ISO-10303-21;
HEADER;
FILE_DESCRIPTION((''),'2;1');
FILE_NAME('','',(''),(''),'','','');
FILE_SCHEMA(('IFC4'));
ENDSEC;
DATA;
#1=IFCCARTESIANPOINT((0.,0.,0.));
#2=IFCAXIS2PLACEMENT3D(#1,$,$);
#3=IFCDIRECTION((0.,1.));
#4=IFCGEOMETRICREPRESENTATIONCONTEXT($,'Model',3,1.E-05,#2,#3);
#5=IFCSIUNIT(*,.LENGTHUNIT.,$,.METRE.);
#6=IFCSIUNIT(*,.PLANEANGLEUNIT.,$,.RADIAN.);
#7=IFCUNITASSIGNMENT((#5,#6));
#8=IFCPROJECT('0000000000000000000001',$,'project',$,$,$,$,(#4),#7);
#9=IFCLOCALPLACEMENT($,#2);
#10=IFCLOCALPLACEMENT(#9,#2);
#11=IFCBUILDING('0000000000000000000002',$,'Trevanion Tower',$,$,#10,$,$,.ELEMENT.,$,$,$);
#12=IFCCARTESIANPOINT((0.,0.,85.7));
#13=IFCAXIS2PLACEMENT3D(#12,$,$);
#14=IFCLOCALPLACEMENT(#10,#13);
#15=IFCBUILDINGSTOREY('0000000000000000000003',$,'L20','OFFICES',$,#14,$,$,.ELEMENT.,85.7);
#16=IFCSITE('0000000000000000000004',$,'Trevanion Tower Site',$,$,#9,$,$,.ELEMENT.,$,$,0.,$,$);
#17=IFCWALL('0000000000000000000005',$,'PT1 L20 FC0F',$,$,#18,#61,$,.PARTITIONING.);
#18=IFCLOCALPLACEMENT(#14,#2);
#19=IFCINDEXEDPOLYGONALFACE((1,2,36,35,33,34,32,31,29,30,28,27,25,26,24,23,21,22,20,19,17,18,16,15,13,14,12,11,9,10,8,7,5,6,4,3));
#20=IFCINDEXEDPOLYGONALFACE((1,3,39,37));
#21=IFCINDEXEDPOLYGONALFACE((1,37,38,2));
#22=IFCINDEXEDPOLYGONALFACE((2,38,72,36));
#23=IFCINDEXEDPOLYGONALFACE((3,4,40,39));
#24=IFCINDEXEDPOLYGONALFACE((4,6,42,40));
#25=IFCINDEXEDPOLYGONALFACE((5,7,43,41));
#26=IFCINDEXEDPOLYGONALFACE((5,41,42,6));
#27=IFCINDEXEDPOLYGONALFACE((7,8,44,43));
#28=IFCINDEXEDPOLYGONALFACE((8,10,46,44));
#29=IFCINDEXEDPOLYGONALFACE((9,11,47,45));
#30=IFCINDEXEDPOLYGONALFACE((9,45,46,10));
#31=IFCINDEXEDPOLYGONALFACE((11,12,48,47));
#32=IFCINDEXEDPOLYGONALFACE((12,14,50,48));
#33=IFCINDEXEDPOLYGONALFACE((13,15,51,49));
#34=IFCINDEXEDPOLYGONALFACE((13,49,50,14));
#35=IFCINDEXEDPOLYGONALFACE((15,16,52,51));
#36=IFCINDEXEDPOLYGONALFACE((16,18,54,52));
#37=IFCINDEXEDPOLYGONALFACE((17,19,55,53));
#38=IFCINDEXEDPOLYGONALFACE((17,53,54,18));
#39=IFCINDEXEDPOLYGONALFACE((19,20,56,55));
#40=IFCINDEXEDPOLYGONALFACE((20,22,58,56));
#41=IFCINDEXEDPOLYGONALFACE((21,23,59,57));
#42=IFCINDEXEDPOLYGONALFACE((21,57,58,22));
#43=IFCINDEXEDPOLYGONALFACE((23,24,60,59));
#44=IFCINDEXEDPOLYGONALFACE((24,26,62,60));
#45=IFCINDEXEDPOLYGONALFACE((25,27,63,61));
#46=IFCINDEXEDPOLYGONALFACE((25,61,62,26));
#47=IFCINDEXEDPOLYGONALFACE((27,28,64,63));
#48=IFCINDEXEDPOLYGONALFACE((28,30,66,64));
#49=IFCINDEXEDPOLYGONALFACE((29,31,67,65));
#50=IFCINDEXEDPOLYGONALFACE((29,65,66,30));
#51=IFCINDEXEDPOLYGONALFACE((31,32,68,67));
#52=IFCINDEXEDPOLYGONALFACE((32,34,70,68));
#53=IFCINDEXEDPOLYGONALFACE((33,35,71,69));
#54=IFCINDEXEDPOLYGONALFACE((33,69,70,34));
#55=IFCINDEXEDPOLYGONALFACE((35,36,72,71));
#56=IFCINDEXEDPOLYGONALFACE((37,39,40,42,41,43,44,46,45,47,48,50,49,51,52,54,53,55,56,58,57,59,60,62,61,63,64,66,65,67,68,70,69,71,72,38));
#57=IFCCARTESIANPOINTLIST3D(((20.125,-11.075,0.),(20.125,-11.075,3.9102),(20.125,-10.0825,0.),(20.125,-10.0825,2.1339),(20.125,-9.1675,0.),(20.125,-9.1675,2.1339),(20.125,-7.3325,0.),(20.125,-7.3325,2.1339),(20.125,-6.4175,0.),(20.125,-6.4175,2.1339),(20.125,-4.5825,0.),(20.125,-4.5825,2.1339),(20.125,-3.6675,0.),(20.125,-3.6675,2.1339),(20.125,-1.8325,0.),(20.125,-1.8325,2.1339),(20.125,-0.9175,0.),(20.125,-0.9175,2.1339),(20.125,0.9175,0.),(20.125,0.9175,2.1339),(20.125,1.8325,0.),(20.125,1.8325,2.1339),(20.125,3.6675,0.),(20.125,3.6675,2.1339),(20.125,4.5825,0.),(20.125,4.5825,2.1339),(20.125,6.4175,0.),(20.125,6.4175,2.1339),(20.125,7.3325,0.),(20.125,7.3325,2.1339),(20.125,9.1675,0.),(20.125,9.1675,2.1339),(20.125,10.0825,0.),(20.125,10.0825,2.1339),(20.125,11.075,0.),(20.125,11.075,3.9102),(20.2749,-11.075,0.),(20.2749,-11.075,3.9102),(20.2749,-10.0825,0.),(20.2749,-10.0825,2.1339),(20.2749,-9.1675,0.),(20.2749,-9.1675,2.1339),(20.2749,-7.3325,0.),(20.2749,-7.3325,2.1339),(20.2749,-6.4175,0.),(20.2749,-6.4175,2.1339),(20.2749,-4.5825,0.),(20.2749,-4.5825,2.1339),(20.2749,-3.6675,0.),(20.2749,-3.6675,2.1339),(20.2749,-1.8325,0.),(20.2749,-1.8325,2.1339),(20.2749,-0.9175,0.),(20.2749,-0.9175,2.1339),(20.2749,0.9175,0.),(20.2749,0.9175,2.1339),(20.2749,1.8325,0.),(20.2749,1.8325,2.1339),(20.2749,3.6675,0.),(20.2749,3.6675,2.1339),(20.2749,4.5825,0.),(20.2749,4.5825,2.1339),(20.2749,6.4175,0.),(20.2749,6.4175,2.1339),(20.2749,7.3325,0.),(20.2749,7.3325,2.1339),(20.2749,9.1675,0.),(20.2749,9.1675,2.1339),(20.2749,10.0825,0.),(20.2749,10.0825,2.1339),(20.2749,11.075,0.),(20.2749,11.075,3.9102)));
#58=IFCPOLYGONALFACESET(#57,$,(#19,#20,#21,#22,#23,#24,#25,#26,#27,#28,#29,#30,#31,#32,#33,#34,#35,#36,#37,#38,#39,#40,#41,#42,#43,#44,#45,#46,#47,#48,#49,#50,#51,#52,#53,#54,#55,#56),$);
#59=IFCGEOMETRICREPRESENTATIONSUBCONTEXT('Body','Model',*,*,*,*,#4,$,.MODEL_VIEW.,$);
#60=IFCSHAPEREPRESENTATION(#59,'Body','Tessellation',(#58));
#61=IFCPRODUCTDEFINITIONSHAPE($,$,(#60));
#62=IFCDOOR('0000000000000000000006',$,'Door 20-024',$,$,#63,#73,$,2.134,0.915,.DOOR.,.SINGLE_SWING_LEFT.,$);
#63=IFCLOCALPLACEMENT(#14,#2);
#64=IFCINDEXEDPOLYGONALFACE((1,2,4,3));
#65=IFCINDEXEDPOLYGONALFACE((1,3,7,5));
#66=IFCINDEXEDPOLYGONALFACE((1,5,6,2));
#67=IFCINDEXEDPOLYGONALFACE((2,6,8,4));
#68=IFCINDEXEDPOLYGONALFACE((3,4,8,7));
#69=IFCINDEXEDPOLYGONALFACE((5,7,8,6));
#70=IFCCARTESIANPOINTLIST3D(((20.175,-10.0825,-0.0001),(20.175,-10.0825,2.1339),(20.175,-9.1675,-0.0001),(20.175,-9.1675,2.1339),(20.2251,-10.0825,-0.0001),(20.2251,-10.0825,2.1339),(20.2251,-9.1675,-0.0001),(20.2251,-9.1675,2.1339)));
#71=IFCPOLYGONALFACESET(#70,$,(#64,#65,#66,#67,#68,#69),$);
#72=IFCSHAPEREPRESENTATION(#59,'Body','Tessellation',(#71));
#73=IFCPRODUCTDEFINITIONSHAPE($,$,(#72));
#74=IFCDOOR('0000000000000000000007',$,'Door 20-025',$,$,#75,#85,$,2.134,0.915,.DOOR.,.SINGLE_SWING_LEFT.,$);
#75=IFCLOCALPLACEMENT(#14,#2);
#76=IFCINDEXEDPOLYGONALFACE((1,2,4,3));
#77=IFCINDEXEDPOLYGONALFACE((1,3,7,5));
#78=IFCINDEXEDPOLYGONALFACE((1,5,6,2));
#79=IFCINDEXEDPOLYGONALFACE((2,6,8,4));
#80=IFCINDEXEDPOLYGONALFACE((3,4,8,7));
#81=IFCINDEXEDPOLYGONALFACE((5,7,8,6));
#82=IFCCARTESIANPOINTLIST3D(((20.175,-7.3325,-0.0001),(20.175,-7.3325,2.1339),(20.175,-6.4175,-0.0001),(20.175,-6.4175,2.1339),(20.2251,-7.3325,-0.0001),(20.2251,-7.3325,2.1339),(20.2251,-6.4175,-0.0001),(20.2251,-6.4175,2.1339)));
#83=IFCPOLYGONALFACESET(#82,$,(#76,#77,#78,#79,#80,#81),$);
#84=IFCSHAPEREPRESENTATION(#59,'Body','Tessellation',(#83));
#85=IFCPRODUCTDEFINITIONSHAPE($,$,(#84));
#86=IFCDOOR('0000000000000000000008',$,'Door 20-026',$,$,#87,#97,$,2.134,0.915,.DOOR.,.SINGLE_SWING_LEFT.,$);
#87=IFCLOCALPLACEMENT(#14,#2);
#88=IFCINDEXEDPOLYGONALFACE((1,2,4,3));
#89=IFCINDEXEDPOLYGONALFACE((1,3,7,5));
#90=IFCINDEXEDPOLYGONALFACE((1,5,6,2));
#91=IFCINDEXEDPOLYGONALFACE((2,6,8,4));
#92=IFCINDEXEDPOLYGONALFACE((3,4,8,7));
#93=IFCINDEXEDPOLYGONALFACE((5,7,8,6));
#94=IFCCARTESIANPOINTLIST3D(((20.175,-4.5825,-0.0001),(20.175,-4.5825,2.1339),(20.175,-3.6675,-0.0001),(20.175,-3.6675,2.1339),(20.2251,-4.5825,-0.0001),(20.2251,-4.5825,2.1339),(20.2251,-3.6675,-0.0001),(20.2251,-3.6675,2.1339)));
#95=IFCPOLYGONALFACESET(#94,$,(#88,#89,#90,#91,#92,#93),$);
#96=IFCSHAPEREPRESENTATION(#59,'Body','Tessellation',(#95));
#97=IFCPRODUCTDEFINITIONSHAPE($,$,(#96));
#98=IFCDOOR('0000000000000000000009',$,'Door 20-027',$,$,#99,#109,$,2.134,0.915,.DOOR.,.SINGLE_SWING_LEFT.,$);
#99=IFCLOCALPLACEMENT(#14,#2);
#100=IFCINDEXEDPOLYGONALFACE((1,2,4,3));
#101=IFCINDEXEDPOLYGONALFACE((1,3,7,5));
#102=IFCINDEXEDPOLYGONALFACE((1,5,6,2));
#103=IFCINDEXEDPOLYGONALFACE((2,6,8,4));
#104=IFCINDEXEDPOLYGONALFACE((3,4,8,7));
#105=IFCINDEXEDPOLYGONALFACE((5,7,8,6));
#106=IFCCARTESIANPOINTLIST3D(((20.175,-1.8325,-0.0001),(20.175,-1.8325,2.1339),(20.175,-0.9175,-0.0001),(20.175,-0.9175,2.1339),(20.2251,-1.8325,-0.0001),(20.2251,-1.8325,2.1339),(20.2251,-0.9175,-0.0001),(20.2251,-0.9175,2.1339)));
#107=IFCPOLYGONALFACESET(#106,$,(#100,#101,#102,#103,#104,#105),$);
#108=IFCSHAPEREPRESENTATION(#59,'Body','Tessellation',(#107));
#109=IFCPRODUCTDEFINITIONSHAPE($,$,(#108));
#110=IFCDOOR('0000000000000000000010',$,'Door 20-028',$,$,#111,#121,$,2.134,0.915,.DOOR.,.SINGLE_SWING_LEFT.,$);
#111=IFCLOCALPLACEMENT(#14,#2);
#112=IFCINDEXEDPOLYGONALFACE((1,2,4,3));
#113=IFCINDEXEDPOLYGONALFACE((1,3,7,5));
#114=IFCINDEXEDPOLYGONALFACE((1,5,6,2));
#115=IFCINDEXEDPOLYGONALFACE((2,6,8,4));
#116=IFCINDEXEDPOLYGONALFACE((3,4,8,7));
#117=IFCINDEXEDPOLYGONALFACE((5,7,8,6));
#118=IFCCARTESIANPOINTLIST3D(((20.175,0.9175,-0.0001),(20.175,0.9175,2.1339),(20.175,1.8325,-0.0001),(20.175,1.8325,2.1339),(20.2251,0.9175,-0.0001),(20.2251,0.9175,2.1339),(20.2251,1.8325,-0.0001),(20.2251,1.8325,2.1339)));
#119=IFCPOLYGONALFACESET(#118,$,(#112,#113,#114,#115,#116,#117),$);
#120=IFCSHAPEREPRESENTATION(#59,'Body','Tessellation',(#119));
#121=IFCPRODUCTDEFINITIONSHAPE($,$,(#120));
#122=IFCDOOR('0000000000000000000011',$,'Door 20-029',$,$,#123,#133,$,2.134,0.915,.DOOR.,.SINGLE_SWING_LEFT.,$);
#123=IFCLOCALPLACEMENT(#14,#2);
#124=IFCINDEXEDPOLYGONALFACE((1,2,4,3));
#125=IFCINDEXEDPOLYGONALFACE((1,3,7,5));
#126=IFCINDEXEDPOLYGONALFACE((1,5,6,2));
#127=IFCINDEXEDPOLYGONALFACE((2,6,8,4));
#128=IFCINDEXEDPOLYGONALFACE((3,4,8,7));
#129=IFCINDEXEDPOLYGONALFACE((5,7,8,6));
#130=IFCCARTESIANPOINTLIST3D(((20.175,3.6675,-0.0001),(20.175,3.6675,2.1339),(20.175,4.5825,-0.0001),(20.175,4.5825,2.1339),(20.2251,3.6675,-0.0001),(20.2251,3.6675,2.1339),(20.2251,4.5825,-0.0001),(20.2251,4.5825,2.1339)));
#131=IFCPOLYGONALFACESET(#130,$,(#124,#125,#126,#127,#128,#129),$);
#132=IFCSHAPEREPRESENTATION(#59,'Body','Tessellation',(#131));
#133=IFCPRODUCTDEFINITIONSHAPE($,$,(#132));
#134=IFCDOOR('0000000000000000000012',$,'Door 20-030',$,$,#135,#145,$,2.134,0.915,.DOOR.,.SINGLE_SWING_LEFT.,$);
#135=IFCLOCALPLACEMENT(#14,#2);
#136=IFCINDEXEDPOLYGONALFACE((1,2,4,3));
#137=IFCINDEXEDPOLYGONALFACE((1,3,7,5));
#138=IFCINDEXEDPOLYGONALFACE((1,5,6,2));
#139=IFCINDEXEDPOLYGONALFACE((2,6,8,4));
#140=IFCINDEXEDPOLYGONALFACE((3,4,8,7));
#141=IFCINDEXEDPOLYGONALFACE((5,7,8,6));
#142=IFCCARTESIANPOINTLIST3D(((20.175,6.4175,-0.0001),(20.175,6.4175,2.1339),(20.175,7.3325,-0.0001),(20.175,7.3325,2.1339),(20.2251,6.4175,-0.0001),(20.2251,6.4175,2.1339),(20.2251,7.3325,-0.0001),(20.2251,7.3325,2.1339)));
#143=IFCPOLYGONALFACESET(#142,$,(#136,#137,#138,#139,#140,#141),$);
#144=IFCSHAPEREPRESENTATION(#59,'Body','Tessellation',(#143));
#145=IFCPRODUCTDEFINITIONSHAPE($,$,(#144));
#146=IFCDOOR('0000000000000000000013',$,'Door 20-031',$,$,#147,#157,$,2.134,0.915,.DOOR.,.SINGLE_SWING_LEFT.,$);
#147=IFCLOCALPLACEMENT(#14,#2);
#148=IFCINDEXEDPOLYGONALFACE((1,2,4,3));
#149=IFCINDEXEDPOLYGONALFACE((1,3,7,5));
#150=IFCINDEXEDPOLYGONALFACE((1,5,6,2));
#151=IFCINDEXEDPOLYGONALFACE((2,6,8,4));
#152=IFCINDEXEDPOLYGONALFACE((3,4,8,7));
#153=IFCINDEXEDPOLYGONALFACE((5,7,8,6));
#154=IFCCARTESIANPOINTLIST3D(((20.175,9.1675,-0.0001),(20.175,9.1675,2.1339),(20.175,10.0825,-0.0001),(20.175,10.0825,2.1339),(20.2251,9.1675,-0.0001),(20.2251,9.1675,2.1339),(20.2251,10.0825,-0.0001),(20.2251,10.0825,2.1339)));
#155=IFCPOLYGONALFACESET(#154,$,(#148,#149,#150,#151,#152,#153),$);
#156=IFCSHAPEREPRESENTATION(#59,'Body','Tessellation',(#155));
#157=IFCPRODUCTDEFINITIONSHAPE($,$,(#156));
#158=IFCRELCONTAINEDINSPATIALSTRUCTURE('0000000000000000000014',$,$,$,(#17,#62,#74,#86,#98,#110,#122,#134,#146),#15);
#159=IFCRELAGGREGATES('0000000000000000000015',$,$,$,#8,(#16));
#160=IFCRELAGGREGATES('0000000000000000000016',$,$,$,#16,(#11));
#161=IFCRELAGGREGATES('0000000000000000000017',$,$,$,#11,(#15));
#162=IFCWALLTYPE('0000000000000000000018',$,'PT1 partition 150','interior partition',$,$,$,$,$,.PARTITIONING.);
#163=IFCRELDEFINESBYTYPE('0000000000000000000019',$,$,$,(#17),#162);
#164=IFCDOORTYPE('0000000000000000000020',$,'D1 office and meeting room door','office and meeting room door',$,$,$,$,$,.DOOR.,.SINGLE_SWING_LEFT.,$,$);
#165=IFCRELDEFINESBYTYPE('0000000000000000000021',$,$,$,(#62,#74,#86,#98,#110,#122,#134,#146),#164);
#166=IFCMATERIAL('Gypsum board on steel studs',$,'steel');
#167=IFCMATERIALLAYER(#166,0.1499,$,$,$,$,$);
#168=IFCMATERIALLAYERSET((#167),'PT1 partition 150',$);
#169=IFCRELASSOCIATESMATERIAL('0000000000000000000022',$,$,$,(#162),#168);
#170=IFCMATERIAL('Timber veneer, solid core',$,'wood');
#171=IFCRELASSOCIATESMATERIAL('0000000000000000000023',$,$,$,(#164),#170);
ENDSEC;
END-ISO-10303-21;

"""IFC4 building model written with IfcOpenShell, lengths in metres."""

from ifc_helpers import new_model, si_unit, direction, frame, frame_2d, origin, place, context, subcontext, project, spatial, rectangle, extrude, material, layer, layer_set, type_object, element, fill, save


model = new_model("IFC4")

# Units and contexts
model_context = context("Model", 3, precision=1e-05, world=origin(), true_north=direction((0.0, 1.0)))
body_context = subcontext(model_context, "Body", "Model", "MODEL_VIEW")
ifc_project = project(units=[si_unit("LENGTHUNIT", "METRE"), si_unit("PLANEANGLEUNIT", "RADIAN")], contexts=[model_context])

# Site, building, storey
site_placement = place(None, origin())
site = spatial("IfcSite", under=ifc_project, at=site_placement, Name="Trevanion Tower Site", CompositionType="ELEMENT", RefElevation=0.0)
building_placement = place(site_placement, origin())
building = spatial("IfcBuilding", under=site, at=building_placement, Name="Trevanion Tower", CompositionType="ELEMENT")
storey_placement = place(building_placement, frame((0.0, 0.0, 85.7)))
storey = spatial("IfcBuildingStorey", under=building, at=storey_placement, Name="L20", Description="OFFICES", CompositionType="ELEMENT", Elevation=85.7)

# Wall, openings, doors
ifc_material_1 = material(Name="Gypsum board on steel studs", Category="steel")
ifc_layer_1 = layer(ifc_material_1, 0.1499)
ifc_layer_set_1 = layer_set([ifc_layer_1], Name="PT1 partition 150")
wall_type = type_object("IfcWallType", Name="PT1 partition 150", Description="interior partition", PredefinedType="PARTITIONING", material=ifc_layer_set_1)
wall_placement = place(storey_placement, frame((20.2, -11.075, 0.0), z_axis=(0.0, 0.0, 1.0), x_axis=(0.0, 1.0, 0.0)))
wall = element("IfcWall", 1, at=wall_placement, inside=storey, type_object=wall_type, Name="PT1 L20 FC0F", PredefinedType="PARTITIONING", context=body_context, shape_type="SweptSolid", body=[
    extrude(rectangle(XDim=22.1499, YDim=0.1499, at=frame_2d((11.075, 0.0))), origin(), (0.0, 0.0, 1.0), 3.9102),
])
opening_1_placement = place(wall_placement, frame((0.9924, 0.0, 0.0)))
opening_1 = element("IfcOpeningElement", 2, at=opening_1_placement, cuts=wall, PredefinedType="OPENING", context=body_context, shape_type="SweptSolid", body=[
    extrude(rectangle(XDim=0.915, YDim=2.134, at=frame_2d((0.4575, 1.0669))), frame((0.0, 0.085, 0.0), z_axis=(0.0, -1.0, 0.0), x_axis=(1.0, 0.0, 0.0)), (0.0, 0.0, 1.0), 0.1699),
])
opening_2_placement = place(wall_placement, frame((3.7424, 0.0, 0.0)))
opening_2 = element("IfcOpeningElement", 3, at=opening_2_placement, cuts=wall, PredefinedType="OPENING", context=body_context, shape_type="SweptSolid", body=[
    extrude(rectangle(XDim=0.915, YDim=2.134, at=frame_2d((0.4575, 1.0669))), frame((0.0, 0.085, 0.0), z_axis=(0.0, -1.0, 0.0), x_axis=(1.0, 0.0, 0.0)), (0.0, 0.0, 1.0), 0.1699),
])
opening_3_placement = place(wall_placement, frame((6.4924, 0.0, 0.0)))
opening_3 = element("IfcOpeningElement", 4, at=opening_3_placement, cuts=wall, PredefinedType="OPENING", context=body_context, shape_type="SweptSolid", body=[
    extrude(rectangle(XDim=0.915, YDim=2.134, at=frame_2d((0.4575, 1.0669))), frame((0.0, 0.085, 0.0), z_axis=(0.0, -1.0, 0.0), x_axis=(1.0, 0.0, 0.0)), (0.0, 0.0, 1.0), 0.1699),
])
opening_4_placement = place(wall_placement, frame((9.2424, 0.0, 0.0)))
opening_4 = element("IfcOpeningElement", 5, at=opening_4_placement, cuts=wall, PredefinedType="OPENING", context=body_context, shape_type="SweptSolid", body=[
    extrude(rectangle(XDim=0.915, YDim=2.134, at=frame_2d((0.4575, 1.0669))), frame((0.0, 0.085, 0.0), z_axis=(0.0, -1.0, 0.0), x_axis=(1.0, 0.0, 0.0)), (0.0, 0.0, 1.0), 0.1699),
])
opening_5_placement = place(wall_placement, frame((11.9924, 0.0, 0.0)))
opening_5 = element("IfcOpeningElement", 6, at=opening_5_placement, cuts=wall, PredefinedType="OPENING", context=body_context, shape_type="SweptSolid", body=[
    extrude(rectangle(XDim=0.915, YDim=2.134, at=frame_2d((0.4575, 1.0669))), frame((0.0, 0.085, 0.0), z_axis=(0.0, -1.0, 0.0), x_axis=(1.0, 0.0, 0.0)), (0.0, 0.0, 1.0), 0.1699),
])
opening_6_placement = place(wall_placement, frame((14.7424, 0.0, 0.0)))
opening_6 = element("IfcOpeningElement", 7, at=opening_6_placement, cuts=wall, PredefinedType="OPENING", context=body_context, shape_type="SweptSolid", body=[
    extrude(rectangle(XDim=0.915, YDim=2.134, at=frame_2d((0.4575, 1.0669))), frame((0.0, 0.085, 0.0), z_axis=(0.0, -1.0, 0.0), x_axis=(1.0, 0.0, 0.0)), (0.0, 0.0, 1.0), 0.1699),
])
opening_7_placement = place(wall_placement, frame((17.4924, 0.0, 0.0)))
opening_7 = element("IfcOpeningElement", 8, at=opening_7_placement, cuts=wall, PredefinedType="OPENING", context=body_context, shape_type="SweptSolid", body=[
    extrude(rectangle(XDim=0.915, YDim=2.134, at=frame_2d((0.4575, 1.0669))), frame((0.0, 0.085, 0.0), z_axis=(0.0, -1.0, 0.0), x_axis=(1.0, 0.0, 0.0)), (0.0, 0.0, 1.0), 0.1699),
])
opening_8_placement = place(wall_placement, frame((20.2424, 0.0, 0.0)))
opening_8 = element("IfcOpeningElement", 9, at=opening_8_placement, cuts=wall, PredefinedType="OPENING", context=body_context, shape_type="SweptSolid", body=[
    extrude(rectangle(XDim=0.915, YDim=2.134, at=frame_2d((0.4575, 1.0669))), frame((0.0, 0.085, 0.0), z_axis=(0.0, -1.0, 0.0), x_axis=(1.0, 0.0, 0.0)), (0.0, 0.0, 1.0), 0.1699),
])
ifc_material_2 = material(Name="Timber veneer, solid core", Category="wood")
door_type = type_object("IfcDoorType", Name="D1 office and meeting room door", Description="office and meeting room door", OperationType="SINGLE_SWING_LEFT", PredefinedType="DOOR", material=ifc_material_2)
door_1_placement = place(opening_1_placement, origin())
door_1 = element("IfcDoor", 10, at=door_1_placement, inside=storey, type_object=door_type, Name="Door 20-024", OperationType="SINGLE_SWING_LEFT", OverallHeight=2.134, OverallWidth=0.915, PredefinedType="DOOR", context=body_context, shape_type="SweptSolid", body=[
    extrude(rectangle(XDim=0.915, YDim=2.134, at=frame_2d((0.4575, 1.0669))), frame((0.0, 0.0249, 0.0), z_axis=(0.0, -1.0, 0.0), x_axis=(1.0, 0.0, 0.0)), (0.0, 0.0, 1.0), 0.05),
])
fill(opening_1, door_1)
door_2_placement = place(opening_2_placement, origin())
door_2 = element("IfcDoor", 11, at=door_2_placement, inside=storey, type_object=door_type, Name="Door 20-025", OperationType="SINGLE_SWING_LEFT", OverallHeight=2.134, OverallWidth=0.915, PredefinedType="DOOR", context=body_context, shape_type="SweptSolid", body=[
    extrude(rectangle(XDim=0.915, YDim=2.134, at=frame_2d((0.4575, 1.0669))), frame((0.0, 0.0249, 0.0), z_axis=(0.0, -1.0, 0.0), x_axis=(1.0, 0.0, 0.0)), (0.0, 0.0, 1.0), 0.05),
])
fill(opening_2, door_2)
door_3_placement = place(opening_3_placement, origin())
door_3 = element("IfcDoor", 12, at=door_3_placement, inside=storey, type_object=door_type, Name="Door 20-026", OperationType="SINGLE_SWING_LEFT", OverallHeight=2.134, OverallWidth=0.915, PredefinedType="DOOR", context=body_context, shape_type="SweptSolid", body=[
    extrude(rectangle(XDim=0.915, YDim=2.134, at=frame_2d((0.4575, 1.0669))), frame((0.0, 0.0249, 0.0), z_axis=(0.0, -1.0, 0.0), x_axis=(1.0, 0.0, 0.0)), (0.0, 0.0, 1.0), 0.05),
])
fill(opening_3, door_3)
door_4_placement = place(opening_4_placement, origin())
door_4 = element("IfcDoor", 13, at=door_4_placement, inside=storey, type_object=door_type, Name="Door 20-027", OperationType="SINGLE_SWING_LEFT", OverallHeight=2.134, OverallWidth=0.915, PredefinedType="DOOR", context=body_context, shape_type="SweptSolid", body=[
    extrude(rectangle(XDim=0.915, YDim=2.134, at=frame_2d((0.4575, 1.0669))), frame((0.0, 0.0249, 0.0), z_axis=(0.0, -1.0, 0.0), x_axis=(1.0, 0.0, 0.0)), (0.0, 0.0, 1.0), 0.05),
])
fill(opening_4, door_4)
door_5_placement = place(opening_5_placement, origin())
door_5 = element("IfcDoor", 14, at=door_5_placement, inside=storey, type_object=door_type, Name="Door 20-028", OperationType="SINGLE_SWING_LEFT", OverallHeight=2.134, OverallWidth=0.915, PredefinedType="DOOR", context=body_context, shape_type="SweptSolid", body=[
    extrude(rectangle(XDim=0.915, YDim=2.134, at=frame_2d((0.4575, 1.0669))), frame((0.0, 0.0249, 0.0), z_axis=(0.0, -1.0, 0.0), x_axis=(1.0, 0.0, 0.0)), (0.0, 0.0, 1.0), 0.05),
])
fill(opening_5, door_5)
door_6_placement = place(opening_6_placement, origin())
door_6 = element("IfcDoor", 15, at=door_6_placement, inside=storey, type_object=door_type, Name="Door 20-029", OperationType="SINGLE_SWING_LEFT", OverallHeight=2.134, OverallWidth=0.915, PredefinedType="DOOR", context=body_context, shape_type="SweptSolid", body=[
    extrude(rectangle(XDim=0.915, YDim=2.134, at=frame_2d((0.4575, 1.0669))), frame((0.0, 0.0249, 0.0), z_axis=(0.0, -1.0, 0.0), x_axis=(1.0, 0.0, 0.0)), (0.0, 0.0, 1.0), 0.05),
])
fill(opening_6, door_6)
door_7_placement = place(opening_7_placement, origin())
door_7 = element("IfcDoor", 16, at=door_7_placement, inside=storey, type_object=door_type, Name="Door 20-030", OperationType="SINGLE_SWING_LEFT", OverallHeight=2.134, OverallWidth=0.915, PredefinedType="DOOR", context=body_context, shape_type="SweptSolid", body=[
    extrude(rectangle(XDim=0.915, YDim=2.134, at=frame_2d((0.4575, 1.0669))), frame((0.0, 0.0249, 0.0), z_axis=(0.0, -1.0, 0.0), x_axis=(1.0, 0.0, 0.0)), (0.0, 0.0, 1.0), 0.05),
])
fill(opening_7, door_7)
door_8_placement = place(opening_8_placement, origin())
door_8 = element("IfcDoor", 17, at=door_8_placement, inside=storey, type_object=door_type, Name="Door 20-031", OperationType="SINGLE_SWING_LEFT", OverallHeight=2.134, OverallWidth=0.915, PredefinedType="DOOR", context=body_context, shape_type="SweptSolid", body=[
    extrude(rectangle(XDim=0.915, YDim=2.134, at=frame_2d((0.4575, 1.0669))), frame((0.0, 0.0249, 0.0), z_axis=(0.0, -1.0, 0.0), x_axis=(1.0, 0.0, 0.0)), (0.0, 0.0, 1.0), 0.05),
])
fill(opening_8, door_8)

save(model, "model.ifc")
